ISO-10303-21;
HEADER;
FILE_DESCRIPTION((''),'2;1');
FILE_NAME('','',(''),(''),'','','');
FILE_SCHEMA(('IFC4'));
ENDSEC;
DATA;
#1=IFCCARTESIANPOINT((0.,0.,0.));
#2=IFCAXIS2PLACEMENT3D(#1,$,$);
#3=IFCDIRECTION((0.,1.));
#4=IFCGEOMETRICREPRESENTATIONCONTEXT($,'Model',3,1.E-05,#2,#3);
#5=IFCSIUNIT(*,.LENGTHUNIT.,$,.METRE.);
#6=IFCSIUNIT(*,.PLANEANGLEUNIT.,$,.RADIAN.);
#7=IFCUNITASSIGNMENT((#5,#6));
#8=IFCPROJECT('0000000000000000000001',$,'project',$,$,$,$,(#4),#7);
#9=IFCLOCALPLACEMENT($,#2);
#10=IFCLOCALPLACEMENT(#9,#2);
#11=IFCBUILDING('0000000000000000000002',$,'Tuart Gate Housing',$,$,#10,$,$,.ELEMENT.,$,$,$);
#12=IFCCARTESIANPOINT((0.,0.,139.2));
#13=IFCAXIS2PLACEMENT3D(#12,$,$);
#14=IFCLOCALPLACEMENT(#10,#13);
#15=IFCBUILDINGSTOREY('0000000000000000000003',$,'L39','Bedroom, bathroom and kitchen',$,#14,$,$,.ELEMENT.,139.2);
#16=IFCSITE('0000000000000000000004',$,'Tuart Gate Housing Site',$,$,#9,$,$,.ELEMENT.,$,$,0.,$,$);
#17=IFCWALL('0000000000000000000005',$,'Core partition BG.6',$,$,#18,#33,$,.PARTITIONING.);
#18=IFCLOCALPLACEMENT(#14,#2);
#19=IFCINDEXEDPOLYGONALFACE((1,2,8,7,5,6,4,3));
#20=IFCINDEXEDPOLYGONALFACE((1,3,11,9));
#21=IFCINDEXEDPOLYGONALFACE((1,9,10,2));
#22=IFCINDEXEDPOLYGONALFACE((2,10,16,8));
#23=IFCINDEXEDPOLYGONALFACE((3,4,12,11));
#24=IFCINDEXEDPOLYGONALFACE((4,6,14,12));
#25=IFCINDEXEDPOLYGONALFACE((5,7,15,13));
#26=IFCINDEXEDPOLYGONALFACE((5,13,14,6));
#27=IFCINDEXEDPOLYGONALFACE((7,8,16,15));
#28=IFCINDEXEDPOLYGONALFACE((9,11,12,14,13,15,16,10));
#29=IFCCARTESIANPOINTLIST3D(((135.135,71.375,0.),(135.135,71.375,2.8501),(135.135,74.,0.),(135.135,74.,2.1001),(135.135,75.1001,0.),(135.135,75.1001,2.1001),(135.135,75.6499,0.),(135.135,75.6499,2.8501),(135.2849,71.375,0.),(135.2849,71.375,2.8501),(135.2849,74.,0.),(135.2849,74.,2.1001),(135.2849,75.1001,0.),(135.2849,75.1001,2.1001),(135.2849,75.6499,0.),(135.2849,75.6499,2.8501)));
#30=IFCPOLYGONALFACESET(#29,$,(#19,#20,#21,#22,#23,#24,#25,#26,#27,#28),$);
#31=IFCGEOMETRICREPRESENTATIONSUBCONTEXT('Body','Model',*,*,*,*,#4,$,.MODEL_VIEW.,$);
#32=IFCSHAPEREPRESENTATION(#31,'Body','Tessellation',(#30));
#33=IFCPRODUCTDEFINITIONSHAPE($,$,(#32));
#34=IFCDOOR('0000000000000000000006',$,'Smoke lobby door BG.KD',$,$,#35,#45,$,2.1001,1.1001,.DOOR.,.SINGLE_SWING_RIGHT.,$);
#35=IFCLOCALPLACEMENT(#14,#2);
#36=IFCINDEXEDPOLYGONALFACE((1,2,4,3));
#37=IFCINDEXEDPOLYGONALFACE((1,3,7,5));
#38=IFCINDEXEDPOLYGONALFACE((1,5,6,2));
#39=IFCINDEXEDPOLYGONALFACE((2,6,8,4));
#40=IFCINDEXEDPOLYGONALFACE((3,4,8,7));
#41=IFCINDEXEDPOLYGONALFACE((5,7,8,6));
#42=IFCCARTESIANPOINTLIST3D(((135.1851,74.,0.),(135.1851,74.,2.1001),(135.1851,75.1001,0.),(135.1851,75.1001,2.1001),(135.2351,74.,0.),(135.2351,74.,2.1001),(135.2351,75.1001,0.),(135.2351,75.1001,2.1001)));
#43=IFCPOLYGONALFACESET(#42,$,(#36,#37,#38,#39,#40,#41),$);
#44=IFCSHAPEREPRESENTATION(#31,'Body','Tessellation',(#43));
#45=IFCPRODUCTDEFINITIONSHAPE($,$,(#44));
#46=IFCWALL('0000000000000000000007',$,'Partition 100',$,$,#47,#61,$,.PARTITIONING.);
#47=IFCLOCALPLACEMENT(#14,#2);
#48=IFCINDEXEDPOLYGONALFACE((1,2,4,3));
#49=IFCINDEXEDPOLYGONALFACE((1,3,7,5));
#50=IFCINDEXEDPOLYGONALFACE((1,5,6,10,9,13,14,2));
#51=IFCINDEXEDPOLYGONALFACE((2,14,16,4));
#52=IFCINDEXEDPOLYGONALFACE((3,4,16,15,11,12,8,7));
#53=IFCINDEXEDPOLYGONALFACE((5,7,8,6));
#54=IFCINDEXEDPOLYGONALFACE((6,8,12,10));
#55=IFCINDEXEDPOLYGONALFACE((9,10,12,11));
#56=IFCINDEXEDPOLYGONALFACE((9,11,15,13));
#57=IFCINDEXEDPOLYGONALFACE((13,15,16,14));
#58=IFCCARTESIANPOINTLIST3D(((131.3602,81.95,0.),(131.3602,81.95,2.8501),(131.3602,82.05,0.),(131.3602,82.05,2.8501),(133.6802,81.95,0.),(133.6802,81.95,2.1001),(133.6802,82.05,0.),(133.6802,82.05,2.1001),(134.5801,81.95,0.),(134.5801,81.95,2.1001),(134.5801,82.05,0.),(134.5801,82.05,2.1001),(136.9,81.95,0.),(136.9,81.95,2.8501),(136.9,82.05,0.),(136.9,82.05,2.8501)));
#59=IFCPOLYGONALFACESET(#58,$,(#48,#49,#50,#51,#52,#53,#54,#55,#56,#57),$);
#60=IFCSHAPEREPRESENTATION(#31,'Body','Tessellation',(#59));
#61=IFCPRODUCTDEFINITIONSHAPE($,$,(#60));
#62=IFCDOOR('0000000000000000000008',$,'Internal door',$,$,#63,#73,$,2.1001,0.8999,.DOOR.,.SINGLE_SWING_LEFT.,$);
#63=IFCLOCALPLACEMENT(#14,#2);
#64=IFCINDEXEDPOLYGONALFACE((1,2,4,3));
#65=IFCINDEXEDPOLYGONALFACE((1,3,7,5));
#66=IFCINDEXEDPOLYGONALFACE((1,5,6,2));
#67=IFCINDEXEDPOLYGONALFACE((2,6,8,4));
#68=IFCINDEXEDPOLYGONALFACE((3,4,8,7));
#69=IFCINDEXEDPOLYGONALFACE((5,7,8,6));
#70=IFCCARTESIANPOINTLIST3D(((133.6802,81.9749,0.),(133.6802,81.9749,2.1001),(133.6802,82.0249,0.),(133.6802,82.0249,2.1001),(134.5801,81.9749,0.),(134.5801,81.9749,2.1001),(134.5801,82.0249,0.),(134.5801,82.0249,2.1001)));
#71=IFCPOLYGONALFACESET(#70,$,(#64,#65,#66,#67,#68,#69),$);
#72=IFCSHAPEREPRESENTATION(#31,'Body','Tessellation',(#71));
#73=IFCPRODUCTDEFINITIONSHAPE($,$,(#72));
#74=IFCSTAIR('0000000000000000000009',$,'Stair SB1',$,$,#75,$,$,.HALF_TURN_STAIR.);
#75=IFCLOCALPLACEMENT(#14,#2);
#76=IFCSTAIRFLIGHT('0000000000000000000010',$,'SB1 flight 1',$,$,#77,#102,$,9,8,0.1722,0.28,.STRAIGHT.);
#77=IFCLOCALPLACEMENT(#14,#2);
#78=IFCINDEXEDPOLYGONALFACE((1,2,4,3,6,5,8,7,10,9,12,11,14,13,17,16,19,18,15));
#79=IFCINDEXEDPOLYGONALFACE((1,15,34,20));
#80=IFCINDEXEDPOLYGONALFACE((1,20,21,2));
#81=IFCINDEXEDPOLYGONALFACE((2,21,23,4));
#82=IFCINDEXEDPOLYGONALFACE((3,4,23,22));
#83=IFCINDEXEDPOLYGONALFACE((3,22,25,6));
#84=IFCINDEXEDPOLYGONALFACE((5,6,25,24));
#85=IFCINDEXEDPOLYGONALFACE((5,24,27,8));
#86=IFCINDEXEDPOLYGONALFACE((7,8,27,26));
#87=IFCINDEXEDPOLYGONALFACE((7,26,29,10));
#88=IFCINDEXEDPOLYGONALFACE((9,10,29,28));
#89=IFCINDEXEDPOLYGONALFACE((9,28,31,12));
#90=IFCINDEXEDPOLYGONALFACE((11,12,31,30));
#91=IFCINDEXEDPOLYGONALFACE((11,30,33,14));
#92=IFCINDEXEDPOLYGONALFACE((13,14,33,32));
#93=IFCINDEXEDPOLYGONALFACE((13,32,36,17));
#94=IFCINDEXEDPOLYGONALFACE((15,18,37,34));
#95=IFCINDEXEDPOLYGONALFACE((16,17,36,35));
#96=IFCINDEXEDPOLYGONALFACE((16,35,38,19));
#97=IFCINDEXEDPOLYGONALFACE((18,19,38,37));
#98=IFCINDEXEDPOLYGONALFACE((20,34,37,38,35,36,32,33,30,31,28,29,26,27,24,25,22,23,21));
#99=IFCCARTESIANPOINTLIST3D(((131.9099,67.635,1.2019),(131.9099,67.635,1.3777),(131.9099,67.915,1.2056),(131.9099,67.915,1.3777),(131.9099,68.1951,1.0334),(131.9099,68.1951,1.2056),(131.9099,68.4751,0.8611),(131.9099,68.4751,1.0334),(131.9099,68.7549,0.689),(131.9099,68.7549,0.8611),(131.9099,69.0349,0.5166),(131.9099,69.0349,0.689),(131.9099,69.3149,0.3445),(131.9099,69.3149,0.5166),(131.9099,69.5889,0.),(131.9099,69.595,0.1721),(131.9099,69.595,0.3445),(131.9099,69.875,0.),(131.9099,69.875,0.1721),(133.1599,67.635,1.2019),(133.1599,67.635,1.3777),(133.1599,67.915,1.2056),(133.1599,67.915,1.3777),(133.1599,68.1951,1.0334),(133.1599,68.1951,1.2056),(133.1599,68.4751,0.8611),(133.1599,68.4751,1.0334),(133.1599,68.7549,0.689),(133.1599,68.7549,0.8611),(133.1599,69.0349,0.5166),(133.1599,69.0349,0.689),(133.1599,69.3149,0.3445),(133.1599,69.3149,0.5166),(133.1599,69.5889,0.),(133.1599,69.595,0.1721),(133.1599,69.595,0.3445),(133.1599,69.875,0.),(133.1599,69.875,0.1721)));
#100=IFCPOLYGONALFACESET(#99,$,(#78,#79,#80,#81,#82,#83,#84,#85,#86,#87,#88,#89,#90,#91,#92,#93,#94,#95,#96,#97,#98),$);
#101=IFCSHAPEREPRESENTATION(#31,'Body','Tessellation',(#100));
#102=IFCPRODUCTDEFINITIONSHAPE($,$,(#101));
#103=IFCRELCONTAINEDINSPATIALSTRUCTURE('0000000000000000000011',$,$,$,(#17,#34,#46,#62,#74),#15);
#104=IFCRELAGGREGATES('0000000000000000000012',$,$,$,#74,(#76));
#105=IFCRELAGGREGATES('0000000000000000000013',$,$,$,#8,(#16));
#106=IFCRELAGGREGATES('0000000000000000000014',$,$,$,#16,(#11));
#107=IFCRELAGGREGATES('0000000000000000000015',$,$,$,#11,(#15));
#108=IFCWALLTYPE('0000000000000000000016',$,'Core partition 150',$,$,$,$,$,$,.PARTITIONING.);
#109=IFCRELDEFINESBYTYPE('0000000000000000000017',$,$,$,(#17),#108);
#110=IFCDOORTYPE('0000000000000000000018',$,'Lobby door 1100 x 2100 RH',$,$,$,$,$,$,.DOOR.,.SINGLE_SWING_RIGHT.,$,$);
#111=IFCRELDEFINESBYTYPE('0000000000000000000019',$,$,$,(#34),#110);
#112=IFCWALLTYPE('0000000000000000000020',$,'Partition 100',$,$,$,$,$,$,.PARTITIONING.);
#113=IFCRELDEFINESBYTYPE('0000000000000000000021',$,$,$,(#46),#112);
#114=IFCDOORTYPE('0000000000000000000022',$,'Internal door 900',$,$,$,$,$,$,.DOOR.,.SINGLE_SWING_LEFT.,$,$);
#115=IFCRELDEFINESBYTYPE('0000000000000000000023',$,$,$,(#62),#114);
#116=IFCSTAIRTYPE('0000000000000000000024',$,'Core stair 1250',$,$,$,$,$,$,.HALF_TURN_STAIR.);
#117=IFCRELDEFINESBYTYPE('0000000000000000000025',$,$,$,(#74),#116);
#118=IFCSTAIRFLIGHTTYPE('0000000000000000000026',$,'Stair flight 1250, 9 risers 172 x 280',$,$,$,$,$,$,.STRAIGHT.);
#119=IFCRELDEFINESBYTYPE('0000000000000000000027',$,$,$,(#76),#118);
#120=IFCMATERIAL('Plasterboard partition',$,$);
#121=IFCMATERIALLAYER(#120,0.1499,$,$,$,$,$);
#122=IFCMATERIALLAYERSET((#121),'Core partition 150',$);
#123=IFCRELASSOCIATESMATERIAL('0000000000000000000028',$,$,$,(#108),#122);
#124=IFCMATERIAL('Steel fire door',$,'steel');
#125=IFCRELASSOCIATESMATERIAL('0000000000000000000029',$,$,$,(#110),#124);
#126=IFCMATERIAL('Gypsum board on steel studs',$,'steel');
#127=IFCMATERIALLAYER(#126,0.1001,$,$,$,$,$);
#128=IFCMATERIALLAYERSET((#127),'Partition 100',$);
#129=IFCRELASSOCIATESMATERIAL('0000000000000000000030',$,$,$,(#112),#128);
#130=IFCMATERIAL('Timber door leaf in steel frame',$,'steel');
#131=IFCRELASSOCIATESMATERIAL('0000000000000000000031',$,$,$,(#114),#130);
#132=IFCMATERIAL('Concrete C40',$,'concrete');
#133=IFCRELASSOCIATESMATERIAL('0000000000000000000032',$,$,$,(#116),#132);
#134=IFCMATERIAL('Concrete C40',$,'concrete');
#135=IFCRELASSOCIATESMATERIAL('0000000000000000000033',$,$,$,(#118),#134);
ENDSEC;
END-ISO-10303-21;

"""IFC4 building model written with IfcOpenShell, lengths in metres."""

from ifc_helpers import new_model, si_unit, direction, frame, frame_2d, origin, place, context, subcontext, project, spatial, polyline, rectangle, outline, extrude, material, layer, layer_set, type_object, element, fill, aggregate, save


model = new_model("IFC4")

# Units and contexts
model_context = context("Model", 3, precision=1e-05, world=origin(), true_north=direction((0.0, 1.0)))
body_context = subcontext(model_context, "Body", "Model", "MODEL_VIEW")
ifc_project = project(units=[si_unit("LENGTHUNIT", "METRE"), si_unit("PLANEANGLEUNIT", "RADIAN")], contexts=[model_context])

# Site, building, storey
site_placement = place(None, origin())
site = spatial("IfcSite", under=ifc_project, at=site_placement, Name="Tuart Gate Housing Site", CompositionType="ELEMENT", RefElevation=0.0)
building_placement = place(site_placement, origin())
building = spatial("IfcBuilding", under=site, at=building_placement, Name="Tuart Gate Housing", CompositionType="ELEMENT")
storey_placement = place(building_placement, frame((0.0, 0.0, 139.2)))
storey = spatial("IfcBuildingStorey", under=building, at=storey_placement, Name="L39", Description="Bedroom, bathroom and kitchen", CompositionType="ELEMENT", Elevation=139.2)

# Walls, openings, doors
ifc_material_1 = material(Name="Plasterboard partition")
ifc_layer_1 = layer(ifc_material_1, 0.1499)
ifc_layer_set_1 = layer_set([ifc_layer_1], Name="Core partition 150")
wall_type_1 = type_object("IfcWallType", Name="Core partition 150", PredefinedType="PARTITIONING", material=ifc_layer_set_1)
wall_1_placement = place(storey_placement, frame((135.21, 71.375, 0.0), z_axis=(0.0, 0.0, 1.0), x_axis=(0.0, 1.0, 0.0)))
wall_1 = element("IfcWall", 1, at=wall_1_placement, inside=storey, type_object=wall_type_1, Name="Core partition BG.6", PredefinedType="PARTITIONING", context=body_context, shape_type="SweptSolid", body=[
    extrude(rectangle(XDim=4.2749, YDim=0.1499, at=frame_2d((2.1375, 0.0))), origin(), (0.0, 0.0, 1.0), 2.8501),
])
opening_1_placement = place(wall_1_placement, frame((2.625, 0.0, 0.0)))
opening_1 = element("IfcOpeningElement", 2, at=opening_1_placement, cuts=wall_1, PredefinedType="OPENING", context=body_context, shape_type="SweptSolid", body=[
    extrude(rectangle(XDim=1.1001, YDim=2.1001, at=frame_2d((0.55, 1.05))), frame((0.0, 0.085, 0.0), z_axis=(0.0, -1.0, 0.0), x_axis=(1.0, 0.0, 0.0)), (0.0, 0.0, 1.0), 0.1699),
])
ifc_material_2 = material(Name="Steel fire door", Category="steel")
door_type_1 = type_object("IfcDoorType", Name="Lobby door 1100 x 2100 RH", OperationType="SINGLE_SWING_RIGHT", PredefinedType="DOOR", material=ifc_material_2)
door_1_placement = place(opening_1_placement, origin())
door_1 = element("IfcDoor", 3, at=door_1_placement, inside=storey, type_object=door_type_1, Name="Smoke lobby door BG.KD", OperationType="SINGLE_SWING_RIGHT", OverallHeight=2.1001, OverallWidth=1.1001, PredefinedType="DOOR", context=body_context, shape_type="SweptSolid", body=[
    extrude(rectangle(XDim=1.1001, YDim=2.1001, at=frame_2d((0.55, 1.05))), frame((0.0, 0.0249, 0.0), z_axis=(0.0, -1.0, 0.0), x_axis=(1.0, 0.0, 0.0)), (0.0, 0.0, 1.0), 0.05),
])
fill(opening_1, door_1)
ifc_material_3 = material(Name="Gypsum board on steel studs", Category="steel")
ifc_layer_2 = layer(ifc_material_3, 0.1001)
ifc_layer_set_2 = layer_set([ifc_layer_2], Name="Partition 100")
wall_type_2 = type_object("IfcWallType", Name="Partition 100", PredefinedType="PARTITIONING", material=ifc_layer_set_2)
wall_2_placement = place(storey_placement, frame((131.3601, 82.0, 0.0), z_axis=(0.0, 0.0, 1.0), x_axis=(1.0, 0.0, 0.0)))
wall_2 = element("IfcWall", 4, at=wall_2_placement, inside=storey, type_object=wall_type_2, Name="Partition 100", PredefinedType="PARTITIONING", context=body_context, shape_type="SweptSolid", body=[
    extrude(rectangle(XDim=5.5398, YDim=0.1001, at=frame_2d((2.77, 0.0))), origin(), (0.0, 0.0, 1.0), 2.8501),
])
opening_2_placement = place(wall_2_placement, frame((2.3201, 0.0, 0.0)))
opening_2 = element("IfcOpeningElement", 5, at=opening_2_placement, cuts=wall_2, PredefinedType="OPENING", context=body_context, shape_type="SweptSolid", body=[
    extrude(rectangle(XDim=0.8999, YDim=2.1001, at=frame_2d((0.45, 1.05))), frame((0.0, 0.0601, 0.0), z_axis=(0.0, -1.0, 0.0), x_axis=(1.0, 0.0, 0.0)), (0.0, 0.0, 1.0), 0.1201),
])
ifc_material_4 = material(Name="Timber door leaf in steel frame", Category="steel")
door_type_2 = type_object("IfcDoorType", Name="Internal door 900", OperationType="SINGLE_SWING_LEFT", PredefinedType="DOOR", material=ifc_material_4)
door_2_placement = place(opening_2_placement, origin())
door_2 = element("IfcDoor", 6, at=door_2_placement, inside=storey, type_object=door_type_2, Name="Internal door", OperationType="SINGLE_SWING_LEFT", OverallHeight=2.1001, OverallWidth=0.8999, PredefinedType="DOOR", context=body_context, shape_type="SweptSolid", body=[
    extrude(rectangle(XDim=0.8999, YDim=2.1001, at=frame_2d((0.45, 1.05))), frame((0.0, 0.0249, 0.0), z_axis=(0.0, -1.0, 0.0), x_axis=(1.0, 0.0, 0.0)), (0.0, 0.0, 1.0), 0.05),
])
fill(opening_2, door_2)

# Stair, stair flight
ifc_material_5 = material(Name="Concrete C40", Category="concrete")
stair_type = type_object("IfcStairType", Name="Core stair 1250", PredefinedType="HALF_TURN_STAIR", material=ifc_material_5)
stair_placement = place(storey_placement, origin())
stair = element("IfcStair", 7, at=stair_placement, inside=storey, type_object=stair_type, Name="Stair SB1", PredefinedType="HALF_TURN_STAIR")
ifc_material_6 = material(Name="Concrete C40", Category="concrete")
stair_flight_type = type_object("IfcStairFlightType", Name="Stair flight 1250, 9 risers 172 x 280", PredefinedType="STRAIGHT", material=ifc_material_6)
stair_flight_placement = place(storey_placement, frame((132.5349, 69.875, 0.0), z_axis=(0.0, 0.0, 1.0), x_axis=(0.0, -1.0, 0.0)))
stair_flight = element("IfcStairFlight", 8, at=stair_flight_placement, type_object=stair_flight_type, Name="SB1 flight 1", NumberOfRisers=9, NumberOfTreads=8, PredefinedType="STRAIGHT", RiserHeight=0.1722, TreadLength=0.28, context=body_context, shape_type="SweptSolid", body=[
    extrude(outline(polyline([(0.0, 0.0), (0.0, 0.1721), (0.28, 0.1721), (0.28, 0.3445), (0.5601, 0.3445), (0.5601, 0.5166), (0.8401, 0.5166), (0.8401, 0.689), (1.1201, 0.689), (1.1201, 0.8611), (1.3999, 0.8611), (1.3999, 1.0334), (1.6799, 1.0334), (1.6799, 1.2056), (1.96, 1.2056), (1.96, 1.3777), (2.24, 1.3777), (2.24, 1.55), (2.24, 1.2019), (0.2861, 0.0), (0.0, 0.0)])), frame((0.0, 0.625, 0.0), z_axis=(0.0, -1.0, 0.0), x_axis=(1.0, 0.0, 0.0)), (0.0, 0.0, 1.0), 1.25),
])
aggregate(stair, [stair_flight])

save(model, "model.ifc")
